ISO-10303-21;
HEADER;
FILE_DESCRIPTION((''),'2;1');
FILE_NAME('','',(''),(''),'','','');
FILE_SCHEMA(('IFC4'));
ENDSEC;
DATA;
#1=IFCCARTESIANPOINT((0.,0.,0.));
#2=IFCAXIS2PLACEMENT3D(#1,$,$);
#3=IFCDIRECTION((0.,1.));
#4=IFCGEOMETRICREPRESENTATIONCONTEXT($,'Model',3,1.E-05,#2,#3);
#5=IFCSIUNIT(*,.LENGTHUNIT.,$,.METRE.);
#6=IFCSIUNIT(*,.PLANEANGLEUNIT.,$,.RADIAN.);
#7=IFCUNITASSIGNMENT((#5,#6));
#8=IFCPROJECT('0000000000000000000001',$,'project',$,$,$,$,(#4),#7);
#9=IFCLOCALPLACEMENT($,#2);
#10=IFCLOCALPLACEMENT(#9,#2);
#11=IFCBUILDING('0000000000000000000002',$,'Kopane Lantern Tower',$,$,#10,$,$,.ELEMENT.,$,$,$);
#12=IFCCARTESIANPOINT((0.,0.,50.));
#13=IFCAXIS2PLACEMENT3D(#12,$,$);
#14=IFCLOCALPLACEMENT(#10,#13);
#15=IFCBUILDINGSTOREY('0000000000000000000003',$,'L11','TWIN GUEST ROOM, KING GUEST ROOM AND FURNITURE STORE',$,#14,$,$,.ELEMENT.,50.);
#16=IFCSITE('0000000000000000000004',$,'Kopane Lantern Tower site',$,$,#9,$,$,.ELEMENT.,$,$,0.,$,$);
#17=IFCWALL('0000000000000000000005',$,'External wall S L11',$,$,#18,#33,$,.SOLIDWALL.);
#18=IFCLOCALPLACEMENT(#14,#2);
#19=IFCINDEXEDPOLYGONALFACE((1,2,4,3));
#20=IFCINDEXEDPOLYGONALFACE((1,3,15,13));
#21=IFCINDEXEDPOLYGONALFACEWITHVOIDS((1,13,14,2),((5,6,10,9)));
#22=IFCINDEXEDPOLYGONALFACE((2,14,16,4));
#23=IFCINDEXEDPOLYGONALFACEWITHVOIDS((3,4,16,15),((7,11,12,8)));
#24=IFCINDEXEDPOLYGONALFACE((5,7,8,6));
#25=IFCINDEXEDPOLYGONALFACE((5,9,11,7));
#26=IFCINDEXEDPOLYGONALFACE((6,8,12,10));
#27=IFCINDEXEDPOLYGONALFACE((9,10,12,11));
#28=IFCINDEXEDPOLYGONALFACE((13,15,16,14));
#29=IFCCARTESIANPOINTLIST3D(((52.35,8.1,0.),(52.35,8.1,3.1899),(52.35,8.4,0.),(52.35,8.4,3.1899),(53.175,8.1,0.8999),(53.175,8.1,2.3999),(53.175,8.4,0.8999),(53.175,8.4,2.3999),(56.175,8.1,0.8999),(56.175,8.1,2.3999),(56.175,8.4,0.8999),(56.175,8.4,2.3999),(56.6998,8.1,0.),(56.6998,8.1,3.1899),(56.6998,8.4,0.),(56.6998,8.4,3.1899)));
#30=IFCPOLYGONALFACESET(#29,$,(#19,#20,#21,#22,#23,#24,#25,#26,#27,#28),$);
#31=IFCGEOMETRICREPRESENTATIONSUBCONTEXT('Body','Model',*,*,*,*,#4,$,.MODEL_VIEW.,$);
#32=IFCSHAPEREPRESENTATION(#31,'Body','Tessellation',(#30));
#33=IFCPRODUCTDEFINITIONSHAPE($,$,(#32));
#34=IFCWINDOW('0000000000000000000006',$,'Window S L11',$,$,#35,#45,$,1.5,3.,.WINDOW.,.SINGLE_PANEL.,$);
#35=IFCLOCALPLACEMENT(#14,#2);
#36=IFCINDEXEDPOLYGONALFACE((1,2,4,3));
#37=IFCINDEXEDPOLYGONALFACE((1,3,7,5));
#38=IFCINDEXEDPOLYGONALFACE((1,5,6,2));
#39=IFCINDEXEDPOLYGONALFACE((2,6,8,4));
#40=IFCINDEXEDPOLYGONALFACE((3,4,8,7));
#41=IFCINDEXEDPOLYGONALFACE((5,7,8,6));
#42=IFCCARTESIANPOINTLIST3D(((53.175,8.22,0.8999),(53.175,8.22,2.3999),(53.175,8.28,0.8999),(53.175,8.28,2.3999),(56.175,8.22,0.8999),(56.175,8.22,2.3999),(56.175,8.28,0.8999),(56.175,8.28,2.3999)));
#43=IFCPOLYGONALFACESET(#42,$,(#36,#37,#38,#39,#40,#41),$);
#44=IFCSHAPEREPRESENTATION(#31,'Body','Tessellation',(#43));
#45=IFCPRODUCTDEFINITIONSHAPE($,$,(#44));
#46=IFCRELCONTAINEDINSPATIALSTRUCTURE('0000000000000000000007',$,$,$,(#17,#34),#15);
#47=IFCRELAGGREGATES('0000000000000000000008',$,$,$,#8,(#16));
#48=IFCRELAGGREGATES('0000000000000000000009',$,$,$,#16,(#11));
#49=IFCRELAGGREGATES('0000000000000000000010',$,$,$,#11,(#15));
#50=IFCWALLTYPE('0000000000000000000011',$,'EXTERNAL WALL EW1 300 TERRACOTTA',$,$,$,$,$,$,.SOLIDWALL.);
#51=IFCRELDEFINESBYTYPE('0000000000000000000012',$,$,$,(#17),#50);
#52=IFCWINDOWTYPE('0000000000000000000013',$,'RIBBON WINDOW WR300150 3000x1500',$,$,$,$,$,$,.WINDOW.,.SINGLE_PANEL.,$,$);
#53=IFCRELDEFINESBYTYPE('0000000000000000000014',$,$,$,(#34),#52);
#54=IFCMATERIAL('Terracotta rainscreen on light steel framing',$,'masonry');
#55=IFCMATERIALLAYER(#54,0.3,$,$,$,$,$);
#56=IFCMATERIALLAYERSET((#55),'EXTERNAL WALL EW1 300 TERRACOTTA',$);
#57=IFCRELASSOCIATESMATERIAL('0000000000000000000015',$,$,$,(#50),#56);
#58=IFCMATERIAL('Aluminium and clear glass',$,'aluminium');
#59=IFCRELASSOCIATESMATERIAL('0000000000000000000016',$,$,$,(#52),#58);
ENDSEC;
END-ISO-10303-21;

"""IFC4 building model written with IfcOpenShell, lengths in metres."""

from ifc_helpers import new_model, si_unit, direction, frame, frame_2d, origin, place, context, subcontext, project, spatial, rectangle, extrude, material, layer, layer_set, type_object, element, fill, save


model = new_model("IFC4")

# Units and contexts
model_context = context("Model", 3, precision=1e-05, world=origin(), true_north=direction((0.0, 1.0)))
body_context = subcontext(model_context, "Body", "Model", "MODEL_VIEW")
ifc_project = project(units=[si_unit("LENGTHUNIT", "METRE"), si_unit("PLANEANGLEUNIT", "RADIAN")], contexts=[model_context])

# Site, building, storey
site_placement = place(None, origin())
site = spatial("IfcSite", under=ifc_project, at=site_placement, Name="Kopane Lantern Tower site", CompositionType="ELEMENT", RefElevation=0.0)
building_placement = place(site_placement, origin())
building = spatial("IfcBuilding", under=site, at=building_placement, Name="Kopane Lantern Tower", CompositionType="ELEMENT")
storey_placement = place(building_placement, frame((0.0, 0.0, 50.0)))
storey = spatial("IfcBuildingStorey", under=building, at=storey_placement, Name="L11", Description="TWIN GUEST ROOM, KING GUEST ROOM AND FURNITURE STORE", CompositionType="ELEMENT", Elevation=50.0)

# Wall, opening, window
ifc_material_1 = material(Name="Terracotta rainscreen on light steel framing", Category="masonry")
ifc_layer_1 = layer(ifc_material_1, 0.3)
ifc_layer_set_1 = layer_set([ifc_layer_1], Name="EXTERNAL WALL EW1 300 TERRACOTTA")
wall_type_1 = type_object("IfcWallType", Name="EXTERNAL WALL EW1 300 TERRACOTTA", PredefinedType="SOLIDWALL", material=ifc_layer_set_1)
wall_1_placement = place(storey_placement, frame((52.3501, 8.25, 0.0), z_axis=(0.0, 0.0, 1.0), x_axis=(1.0, 0.0, 0.0)))
wall_1 = element("IfcWall", 1, at=wall_1_placement, inside=storey, type_object=wall_type_1, Name="External wall S L11", PredefinedType="SOLIDWALL", context=body_context, shape_type="SweptSolid", body=[
    extrude(rectangle(XDim=4.3499, YDim=0.3, at=frame_2d((2.1748, 0.0))), origin(), (0.0, 0.0, 1.0), 3.1899),
])
opening_1_placement = place(wall_1_placement, frame((0.825, 0.0, 0.8999)))
opening_1 = element("IfcOpeningElement", 2, at=opening_1_placement, cuts=wall_1, PredefinedType="OPENING", context=body_context, shape_type="SweptSolid", body=[
    extrude(rectangle(XDim=3.0, YDim=1.5, at=frame_2d((1.5, 0.75))), frame((0.0, 0.1599, 0.0), z_axis=(0.0, -1.0, 0.0), x_axis=(1.0, 0.0, 0.0)), (0.0, 0.0, 1.0), 0.3201),
])
ifc_material_2 = material(Name="Aluminium and clear glass", Category="aluminium")
window_type_1 = type_object("IfcWindowType", Name="RIBBON WINDOW WR300150 3000x1500", PartitioningType="SINGLE_PANEL", PredefinedType="WINDOW", material=ifc_material_2)
window_1_placement = place(opening_1_placement, origin())
window_1 = element("IfcWindow", 3, at=window_1_placement, inside=storey, type_object=window_type_1, Name="Window S L11", OverallHeight=1.5, OverallWidth=3.0, PartitioningType="SINGLE_PANEL", PredefinedType="WINDOW", context=body_context, shape_type="SweptSolid", body=[
    extrude(rectangle(XDim=3.0, YDim=1.5, at=frame_2d((1.5, 0.75))), frame((0.0, 0.03, 0.0), z_axis=(0.0, -1.0, 0.0), x_axis=(1.0, 0.0, 0.0)), (0.0, 0.0, 1.0), 0.0601),
])
fill(opening_1, window_1)

save(model, "model.ifc")
